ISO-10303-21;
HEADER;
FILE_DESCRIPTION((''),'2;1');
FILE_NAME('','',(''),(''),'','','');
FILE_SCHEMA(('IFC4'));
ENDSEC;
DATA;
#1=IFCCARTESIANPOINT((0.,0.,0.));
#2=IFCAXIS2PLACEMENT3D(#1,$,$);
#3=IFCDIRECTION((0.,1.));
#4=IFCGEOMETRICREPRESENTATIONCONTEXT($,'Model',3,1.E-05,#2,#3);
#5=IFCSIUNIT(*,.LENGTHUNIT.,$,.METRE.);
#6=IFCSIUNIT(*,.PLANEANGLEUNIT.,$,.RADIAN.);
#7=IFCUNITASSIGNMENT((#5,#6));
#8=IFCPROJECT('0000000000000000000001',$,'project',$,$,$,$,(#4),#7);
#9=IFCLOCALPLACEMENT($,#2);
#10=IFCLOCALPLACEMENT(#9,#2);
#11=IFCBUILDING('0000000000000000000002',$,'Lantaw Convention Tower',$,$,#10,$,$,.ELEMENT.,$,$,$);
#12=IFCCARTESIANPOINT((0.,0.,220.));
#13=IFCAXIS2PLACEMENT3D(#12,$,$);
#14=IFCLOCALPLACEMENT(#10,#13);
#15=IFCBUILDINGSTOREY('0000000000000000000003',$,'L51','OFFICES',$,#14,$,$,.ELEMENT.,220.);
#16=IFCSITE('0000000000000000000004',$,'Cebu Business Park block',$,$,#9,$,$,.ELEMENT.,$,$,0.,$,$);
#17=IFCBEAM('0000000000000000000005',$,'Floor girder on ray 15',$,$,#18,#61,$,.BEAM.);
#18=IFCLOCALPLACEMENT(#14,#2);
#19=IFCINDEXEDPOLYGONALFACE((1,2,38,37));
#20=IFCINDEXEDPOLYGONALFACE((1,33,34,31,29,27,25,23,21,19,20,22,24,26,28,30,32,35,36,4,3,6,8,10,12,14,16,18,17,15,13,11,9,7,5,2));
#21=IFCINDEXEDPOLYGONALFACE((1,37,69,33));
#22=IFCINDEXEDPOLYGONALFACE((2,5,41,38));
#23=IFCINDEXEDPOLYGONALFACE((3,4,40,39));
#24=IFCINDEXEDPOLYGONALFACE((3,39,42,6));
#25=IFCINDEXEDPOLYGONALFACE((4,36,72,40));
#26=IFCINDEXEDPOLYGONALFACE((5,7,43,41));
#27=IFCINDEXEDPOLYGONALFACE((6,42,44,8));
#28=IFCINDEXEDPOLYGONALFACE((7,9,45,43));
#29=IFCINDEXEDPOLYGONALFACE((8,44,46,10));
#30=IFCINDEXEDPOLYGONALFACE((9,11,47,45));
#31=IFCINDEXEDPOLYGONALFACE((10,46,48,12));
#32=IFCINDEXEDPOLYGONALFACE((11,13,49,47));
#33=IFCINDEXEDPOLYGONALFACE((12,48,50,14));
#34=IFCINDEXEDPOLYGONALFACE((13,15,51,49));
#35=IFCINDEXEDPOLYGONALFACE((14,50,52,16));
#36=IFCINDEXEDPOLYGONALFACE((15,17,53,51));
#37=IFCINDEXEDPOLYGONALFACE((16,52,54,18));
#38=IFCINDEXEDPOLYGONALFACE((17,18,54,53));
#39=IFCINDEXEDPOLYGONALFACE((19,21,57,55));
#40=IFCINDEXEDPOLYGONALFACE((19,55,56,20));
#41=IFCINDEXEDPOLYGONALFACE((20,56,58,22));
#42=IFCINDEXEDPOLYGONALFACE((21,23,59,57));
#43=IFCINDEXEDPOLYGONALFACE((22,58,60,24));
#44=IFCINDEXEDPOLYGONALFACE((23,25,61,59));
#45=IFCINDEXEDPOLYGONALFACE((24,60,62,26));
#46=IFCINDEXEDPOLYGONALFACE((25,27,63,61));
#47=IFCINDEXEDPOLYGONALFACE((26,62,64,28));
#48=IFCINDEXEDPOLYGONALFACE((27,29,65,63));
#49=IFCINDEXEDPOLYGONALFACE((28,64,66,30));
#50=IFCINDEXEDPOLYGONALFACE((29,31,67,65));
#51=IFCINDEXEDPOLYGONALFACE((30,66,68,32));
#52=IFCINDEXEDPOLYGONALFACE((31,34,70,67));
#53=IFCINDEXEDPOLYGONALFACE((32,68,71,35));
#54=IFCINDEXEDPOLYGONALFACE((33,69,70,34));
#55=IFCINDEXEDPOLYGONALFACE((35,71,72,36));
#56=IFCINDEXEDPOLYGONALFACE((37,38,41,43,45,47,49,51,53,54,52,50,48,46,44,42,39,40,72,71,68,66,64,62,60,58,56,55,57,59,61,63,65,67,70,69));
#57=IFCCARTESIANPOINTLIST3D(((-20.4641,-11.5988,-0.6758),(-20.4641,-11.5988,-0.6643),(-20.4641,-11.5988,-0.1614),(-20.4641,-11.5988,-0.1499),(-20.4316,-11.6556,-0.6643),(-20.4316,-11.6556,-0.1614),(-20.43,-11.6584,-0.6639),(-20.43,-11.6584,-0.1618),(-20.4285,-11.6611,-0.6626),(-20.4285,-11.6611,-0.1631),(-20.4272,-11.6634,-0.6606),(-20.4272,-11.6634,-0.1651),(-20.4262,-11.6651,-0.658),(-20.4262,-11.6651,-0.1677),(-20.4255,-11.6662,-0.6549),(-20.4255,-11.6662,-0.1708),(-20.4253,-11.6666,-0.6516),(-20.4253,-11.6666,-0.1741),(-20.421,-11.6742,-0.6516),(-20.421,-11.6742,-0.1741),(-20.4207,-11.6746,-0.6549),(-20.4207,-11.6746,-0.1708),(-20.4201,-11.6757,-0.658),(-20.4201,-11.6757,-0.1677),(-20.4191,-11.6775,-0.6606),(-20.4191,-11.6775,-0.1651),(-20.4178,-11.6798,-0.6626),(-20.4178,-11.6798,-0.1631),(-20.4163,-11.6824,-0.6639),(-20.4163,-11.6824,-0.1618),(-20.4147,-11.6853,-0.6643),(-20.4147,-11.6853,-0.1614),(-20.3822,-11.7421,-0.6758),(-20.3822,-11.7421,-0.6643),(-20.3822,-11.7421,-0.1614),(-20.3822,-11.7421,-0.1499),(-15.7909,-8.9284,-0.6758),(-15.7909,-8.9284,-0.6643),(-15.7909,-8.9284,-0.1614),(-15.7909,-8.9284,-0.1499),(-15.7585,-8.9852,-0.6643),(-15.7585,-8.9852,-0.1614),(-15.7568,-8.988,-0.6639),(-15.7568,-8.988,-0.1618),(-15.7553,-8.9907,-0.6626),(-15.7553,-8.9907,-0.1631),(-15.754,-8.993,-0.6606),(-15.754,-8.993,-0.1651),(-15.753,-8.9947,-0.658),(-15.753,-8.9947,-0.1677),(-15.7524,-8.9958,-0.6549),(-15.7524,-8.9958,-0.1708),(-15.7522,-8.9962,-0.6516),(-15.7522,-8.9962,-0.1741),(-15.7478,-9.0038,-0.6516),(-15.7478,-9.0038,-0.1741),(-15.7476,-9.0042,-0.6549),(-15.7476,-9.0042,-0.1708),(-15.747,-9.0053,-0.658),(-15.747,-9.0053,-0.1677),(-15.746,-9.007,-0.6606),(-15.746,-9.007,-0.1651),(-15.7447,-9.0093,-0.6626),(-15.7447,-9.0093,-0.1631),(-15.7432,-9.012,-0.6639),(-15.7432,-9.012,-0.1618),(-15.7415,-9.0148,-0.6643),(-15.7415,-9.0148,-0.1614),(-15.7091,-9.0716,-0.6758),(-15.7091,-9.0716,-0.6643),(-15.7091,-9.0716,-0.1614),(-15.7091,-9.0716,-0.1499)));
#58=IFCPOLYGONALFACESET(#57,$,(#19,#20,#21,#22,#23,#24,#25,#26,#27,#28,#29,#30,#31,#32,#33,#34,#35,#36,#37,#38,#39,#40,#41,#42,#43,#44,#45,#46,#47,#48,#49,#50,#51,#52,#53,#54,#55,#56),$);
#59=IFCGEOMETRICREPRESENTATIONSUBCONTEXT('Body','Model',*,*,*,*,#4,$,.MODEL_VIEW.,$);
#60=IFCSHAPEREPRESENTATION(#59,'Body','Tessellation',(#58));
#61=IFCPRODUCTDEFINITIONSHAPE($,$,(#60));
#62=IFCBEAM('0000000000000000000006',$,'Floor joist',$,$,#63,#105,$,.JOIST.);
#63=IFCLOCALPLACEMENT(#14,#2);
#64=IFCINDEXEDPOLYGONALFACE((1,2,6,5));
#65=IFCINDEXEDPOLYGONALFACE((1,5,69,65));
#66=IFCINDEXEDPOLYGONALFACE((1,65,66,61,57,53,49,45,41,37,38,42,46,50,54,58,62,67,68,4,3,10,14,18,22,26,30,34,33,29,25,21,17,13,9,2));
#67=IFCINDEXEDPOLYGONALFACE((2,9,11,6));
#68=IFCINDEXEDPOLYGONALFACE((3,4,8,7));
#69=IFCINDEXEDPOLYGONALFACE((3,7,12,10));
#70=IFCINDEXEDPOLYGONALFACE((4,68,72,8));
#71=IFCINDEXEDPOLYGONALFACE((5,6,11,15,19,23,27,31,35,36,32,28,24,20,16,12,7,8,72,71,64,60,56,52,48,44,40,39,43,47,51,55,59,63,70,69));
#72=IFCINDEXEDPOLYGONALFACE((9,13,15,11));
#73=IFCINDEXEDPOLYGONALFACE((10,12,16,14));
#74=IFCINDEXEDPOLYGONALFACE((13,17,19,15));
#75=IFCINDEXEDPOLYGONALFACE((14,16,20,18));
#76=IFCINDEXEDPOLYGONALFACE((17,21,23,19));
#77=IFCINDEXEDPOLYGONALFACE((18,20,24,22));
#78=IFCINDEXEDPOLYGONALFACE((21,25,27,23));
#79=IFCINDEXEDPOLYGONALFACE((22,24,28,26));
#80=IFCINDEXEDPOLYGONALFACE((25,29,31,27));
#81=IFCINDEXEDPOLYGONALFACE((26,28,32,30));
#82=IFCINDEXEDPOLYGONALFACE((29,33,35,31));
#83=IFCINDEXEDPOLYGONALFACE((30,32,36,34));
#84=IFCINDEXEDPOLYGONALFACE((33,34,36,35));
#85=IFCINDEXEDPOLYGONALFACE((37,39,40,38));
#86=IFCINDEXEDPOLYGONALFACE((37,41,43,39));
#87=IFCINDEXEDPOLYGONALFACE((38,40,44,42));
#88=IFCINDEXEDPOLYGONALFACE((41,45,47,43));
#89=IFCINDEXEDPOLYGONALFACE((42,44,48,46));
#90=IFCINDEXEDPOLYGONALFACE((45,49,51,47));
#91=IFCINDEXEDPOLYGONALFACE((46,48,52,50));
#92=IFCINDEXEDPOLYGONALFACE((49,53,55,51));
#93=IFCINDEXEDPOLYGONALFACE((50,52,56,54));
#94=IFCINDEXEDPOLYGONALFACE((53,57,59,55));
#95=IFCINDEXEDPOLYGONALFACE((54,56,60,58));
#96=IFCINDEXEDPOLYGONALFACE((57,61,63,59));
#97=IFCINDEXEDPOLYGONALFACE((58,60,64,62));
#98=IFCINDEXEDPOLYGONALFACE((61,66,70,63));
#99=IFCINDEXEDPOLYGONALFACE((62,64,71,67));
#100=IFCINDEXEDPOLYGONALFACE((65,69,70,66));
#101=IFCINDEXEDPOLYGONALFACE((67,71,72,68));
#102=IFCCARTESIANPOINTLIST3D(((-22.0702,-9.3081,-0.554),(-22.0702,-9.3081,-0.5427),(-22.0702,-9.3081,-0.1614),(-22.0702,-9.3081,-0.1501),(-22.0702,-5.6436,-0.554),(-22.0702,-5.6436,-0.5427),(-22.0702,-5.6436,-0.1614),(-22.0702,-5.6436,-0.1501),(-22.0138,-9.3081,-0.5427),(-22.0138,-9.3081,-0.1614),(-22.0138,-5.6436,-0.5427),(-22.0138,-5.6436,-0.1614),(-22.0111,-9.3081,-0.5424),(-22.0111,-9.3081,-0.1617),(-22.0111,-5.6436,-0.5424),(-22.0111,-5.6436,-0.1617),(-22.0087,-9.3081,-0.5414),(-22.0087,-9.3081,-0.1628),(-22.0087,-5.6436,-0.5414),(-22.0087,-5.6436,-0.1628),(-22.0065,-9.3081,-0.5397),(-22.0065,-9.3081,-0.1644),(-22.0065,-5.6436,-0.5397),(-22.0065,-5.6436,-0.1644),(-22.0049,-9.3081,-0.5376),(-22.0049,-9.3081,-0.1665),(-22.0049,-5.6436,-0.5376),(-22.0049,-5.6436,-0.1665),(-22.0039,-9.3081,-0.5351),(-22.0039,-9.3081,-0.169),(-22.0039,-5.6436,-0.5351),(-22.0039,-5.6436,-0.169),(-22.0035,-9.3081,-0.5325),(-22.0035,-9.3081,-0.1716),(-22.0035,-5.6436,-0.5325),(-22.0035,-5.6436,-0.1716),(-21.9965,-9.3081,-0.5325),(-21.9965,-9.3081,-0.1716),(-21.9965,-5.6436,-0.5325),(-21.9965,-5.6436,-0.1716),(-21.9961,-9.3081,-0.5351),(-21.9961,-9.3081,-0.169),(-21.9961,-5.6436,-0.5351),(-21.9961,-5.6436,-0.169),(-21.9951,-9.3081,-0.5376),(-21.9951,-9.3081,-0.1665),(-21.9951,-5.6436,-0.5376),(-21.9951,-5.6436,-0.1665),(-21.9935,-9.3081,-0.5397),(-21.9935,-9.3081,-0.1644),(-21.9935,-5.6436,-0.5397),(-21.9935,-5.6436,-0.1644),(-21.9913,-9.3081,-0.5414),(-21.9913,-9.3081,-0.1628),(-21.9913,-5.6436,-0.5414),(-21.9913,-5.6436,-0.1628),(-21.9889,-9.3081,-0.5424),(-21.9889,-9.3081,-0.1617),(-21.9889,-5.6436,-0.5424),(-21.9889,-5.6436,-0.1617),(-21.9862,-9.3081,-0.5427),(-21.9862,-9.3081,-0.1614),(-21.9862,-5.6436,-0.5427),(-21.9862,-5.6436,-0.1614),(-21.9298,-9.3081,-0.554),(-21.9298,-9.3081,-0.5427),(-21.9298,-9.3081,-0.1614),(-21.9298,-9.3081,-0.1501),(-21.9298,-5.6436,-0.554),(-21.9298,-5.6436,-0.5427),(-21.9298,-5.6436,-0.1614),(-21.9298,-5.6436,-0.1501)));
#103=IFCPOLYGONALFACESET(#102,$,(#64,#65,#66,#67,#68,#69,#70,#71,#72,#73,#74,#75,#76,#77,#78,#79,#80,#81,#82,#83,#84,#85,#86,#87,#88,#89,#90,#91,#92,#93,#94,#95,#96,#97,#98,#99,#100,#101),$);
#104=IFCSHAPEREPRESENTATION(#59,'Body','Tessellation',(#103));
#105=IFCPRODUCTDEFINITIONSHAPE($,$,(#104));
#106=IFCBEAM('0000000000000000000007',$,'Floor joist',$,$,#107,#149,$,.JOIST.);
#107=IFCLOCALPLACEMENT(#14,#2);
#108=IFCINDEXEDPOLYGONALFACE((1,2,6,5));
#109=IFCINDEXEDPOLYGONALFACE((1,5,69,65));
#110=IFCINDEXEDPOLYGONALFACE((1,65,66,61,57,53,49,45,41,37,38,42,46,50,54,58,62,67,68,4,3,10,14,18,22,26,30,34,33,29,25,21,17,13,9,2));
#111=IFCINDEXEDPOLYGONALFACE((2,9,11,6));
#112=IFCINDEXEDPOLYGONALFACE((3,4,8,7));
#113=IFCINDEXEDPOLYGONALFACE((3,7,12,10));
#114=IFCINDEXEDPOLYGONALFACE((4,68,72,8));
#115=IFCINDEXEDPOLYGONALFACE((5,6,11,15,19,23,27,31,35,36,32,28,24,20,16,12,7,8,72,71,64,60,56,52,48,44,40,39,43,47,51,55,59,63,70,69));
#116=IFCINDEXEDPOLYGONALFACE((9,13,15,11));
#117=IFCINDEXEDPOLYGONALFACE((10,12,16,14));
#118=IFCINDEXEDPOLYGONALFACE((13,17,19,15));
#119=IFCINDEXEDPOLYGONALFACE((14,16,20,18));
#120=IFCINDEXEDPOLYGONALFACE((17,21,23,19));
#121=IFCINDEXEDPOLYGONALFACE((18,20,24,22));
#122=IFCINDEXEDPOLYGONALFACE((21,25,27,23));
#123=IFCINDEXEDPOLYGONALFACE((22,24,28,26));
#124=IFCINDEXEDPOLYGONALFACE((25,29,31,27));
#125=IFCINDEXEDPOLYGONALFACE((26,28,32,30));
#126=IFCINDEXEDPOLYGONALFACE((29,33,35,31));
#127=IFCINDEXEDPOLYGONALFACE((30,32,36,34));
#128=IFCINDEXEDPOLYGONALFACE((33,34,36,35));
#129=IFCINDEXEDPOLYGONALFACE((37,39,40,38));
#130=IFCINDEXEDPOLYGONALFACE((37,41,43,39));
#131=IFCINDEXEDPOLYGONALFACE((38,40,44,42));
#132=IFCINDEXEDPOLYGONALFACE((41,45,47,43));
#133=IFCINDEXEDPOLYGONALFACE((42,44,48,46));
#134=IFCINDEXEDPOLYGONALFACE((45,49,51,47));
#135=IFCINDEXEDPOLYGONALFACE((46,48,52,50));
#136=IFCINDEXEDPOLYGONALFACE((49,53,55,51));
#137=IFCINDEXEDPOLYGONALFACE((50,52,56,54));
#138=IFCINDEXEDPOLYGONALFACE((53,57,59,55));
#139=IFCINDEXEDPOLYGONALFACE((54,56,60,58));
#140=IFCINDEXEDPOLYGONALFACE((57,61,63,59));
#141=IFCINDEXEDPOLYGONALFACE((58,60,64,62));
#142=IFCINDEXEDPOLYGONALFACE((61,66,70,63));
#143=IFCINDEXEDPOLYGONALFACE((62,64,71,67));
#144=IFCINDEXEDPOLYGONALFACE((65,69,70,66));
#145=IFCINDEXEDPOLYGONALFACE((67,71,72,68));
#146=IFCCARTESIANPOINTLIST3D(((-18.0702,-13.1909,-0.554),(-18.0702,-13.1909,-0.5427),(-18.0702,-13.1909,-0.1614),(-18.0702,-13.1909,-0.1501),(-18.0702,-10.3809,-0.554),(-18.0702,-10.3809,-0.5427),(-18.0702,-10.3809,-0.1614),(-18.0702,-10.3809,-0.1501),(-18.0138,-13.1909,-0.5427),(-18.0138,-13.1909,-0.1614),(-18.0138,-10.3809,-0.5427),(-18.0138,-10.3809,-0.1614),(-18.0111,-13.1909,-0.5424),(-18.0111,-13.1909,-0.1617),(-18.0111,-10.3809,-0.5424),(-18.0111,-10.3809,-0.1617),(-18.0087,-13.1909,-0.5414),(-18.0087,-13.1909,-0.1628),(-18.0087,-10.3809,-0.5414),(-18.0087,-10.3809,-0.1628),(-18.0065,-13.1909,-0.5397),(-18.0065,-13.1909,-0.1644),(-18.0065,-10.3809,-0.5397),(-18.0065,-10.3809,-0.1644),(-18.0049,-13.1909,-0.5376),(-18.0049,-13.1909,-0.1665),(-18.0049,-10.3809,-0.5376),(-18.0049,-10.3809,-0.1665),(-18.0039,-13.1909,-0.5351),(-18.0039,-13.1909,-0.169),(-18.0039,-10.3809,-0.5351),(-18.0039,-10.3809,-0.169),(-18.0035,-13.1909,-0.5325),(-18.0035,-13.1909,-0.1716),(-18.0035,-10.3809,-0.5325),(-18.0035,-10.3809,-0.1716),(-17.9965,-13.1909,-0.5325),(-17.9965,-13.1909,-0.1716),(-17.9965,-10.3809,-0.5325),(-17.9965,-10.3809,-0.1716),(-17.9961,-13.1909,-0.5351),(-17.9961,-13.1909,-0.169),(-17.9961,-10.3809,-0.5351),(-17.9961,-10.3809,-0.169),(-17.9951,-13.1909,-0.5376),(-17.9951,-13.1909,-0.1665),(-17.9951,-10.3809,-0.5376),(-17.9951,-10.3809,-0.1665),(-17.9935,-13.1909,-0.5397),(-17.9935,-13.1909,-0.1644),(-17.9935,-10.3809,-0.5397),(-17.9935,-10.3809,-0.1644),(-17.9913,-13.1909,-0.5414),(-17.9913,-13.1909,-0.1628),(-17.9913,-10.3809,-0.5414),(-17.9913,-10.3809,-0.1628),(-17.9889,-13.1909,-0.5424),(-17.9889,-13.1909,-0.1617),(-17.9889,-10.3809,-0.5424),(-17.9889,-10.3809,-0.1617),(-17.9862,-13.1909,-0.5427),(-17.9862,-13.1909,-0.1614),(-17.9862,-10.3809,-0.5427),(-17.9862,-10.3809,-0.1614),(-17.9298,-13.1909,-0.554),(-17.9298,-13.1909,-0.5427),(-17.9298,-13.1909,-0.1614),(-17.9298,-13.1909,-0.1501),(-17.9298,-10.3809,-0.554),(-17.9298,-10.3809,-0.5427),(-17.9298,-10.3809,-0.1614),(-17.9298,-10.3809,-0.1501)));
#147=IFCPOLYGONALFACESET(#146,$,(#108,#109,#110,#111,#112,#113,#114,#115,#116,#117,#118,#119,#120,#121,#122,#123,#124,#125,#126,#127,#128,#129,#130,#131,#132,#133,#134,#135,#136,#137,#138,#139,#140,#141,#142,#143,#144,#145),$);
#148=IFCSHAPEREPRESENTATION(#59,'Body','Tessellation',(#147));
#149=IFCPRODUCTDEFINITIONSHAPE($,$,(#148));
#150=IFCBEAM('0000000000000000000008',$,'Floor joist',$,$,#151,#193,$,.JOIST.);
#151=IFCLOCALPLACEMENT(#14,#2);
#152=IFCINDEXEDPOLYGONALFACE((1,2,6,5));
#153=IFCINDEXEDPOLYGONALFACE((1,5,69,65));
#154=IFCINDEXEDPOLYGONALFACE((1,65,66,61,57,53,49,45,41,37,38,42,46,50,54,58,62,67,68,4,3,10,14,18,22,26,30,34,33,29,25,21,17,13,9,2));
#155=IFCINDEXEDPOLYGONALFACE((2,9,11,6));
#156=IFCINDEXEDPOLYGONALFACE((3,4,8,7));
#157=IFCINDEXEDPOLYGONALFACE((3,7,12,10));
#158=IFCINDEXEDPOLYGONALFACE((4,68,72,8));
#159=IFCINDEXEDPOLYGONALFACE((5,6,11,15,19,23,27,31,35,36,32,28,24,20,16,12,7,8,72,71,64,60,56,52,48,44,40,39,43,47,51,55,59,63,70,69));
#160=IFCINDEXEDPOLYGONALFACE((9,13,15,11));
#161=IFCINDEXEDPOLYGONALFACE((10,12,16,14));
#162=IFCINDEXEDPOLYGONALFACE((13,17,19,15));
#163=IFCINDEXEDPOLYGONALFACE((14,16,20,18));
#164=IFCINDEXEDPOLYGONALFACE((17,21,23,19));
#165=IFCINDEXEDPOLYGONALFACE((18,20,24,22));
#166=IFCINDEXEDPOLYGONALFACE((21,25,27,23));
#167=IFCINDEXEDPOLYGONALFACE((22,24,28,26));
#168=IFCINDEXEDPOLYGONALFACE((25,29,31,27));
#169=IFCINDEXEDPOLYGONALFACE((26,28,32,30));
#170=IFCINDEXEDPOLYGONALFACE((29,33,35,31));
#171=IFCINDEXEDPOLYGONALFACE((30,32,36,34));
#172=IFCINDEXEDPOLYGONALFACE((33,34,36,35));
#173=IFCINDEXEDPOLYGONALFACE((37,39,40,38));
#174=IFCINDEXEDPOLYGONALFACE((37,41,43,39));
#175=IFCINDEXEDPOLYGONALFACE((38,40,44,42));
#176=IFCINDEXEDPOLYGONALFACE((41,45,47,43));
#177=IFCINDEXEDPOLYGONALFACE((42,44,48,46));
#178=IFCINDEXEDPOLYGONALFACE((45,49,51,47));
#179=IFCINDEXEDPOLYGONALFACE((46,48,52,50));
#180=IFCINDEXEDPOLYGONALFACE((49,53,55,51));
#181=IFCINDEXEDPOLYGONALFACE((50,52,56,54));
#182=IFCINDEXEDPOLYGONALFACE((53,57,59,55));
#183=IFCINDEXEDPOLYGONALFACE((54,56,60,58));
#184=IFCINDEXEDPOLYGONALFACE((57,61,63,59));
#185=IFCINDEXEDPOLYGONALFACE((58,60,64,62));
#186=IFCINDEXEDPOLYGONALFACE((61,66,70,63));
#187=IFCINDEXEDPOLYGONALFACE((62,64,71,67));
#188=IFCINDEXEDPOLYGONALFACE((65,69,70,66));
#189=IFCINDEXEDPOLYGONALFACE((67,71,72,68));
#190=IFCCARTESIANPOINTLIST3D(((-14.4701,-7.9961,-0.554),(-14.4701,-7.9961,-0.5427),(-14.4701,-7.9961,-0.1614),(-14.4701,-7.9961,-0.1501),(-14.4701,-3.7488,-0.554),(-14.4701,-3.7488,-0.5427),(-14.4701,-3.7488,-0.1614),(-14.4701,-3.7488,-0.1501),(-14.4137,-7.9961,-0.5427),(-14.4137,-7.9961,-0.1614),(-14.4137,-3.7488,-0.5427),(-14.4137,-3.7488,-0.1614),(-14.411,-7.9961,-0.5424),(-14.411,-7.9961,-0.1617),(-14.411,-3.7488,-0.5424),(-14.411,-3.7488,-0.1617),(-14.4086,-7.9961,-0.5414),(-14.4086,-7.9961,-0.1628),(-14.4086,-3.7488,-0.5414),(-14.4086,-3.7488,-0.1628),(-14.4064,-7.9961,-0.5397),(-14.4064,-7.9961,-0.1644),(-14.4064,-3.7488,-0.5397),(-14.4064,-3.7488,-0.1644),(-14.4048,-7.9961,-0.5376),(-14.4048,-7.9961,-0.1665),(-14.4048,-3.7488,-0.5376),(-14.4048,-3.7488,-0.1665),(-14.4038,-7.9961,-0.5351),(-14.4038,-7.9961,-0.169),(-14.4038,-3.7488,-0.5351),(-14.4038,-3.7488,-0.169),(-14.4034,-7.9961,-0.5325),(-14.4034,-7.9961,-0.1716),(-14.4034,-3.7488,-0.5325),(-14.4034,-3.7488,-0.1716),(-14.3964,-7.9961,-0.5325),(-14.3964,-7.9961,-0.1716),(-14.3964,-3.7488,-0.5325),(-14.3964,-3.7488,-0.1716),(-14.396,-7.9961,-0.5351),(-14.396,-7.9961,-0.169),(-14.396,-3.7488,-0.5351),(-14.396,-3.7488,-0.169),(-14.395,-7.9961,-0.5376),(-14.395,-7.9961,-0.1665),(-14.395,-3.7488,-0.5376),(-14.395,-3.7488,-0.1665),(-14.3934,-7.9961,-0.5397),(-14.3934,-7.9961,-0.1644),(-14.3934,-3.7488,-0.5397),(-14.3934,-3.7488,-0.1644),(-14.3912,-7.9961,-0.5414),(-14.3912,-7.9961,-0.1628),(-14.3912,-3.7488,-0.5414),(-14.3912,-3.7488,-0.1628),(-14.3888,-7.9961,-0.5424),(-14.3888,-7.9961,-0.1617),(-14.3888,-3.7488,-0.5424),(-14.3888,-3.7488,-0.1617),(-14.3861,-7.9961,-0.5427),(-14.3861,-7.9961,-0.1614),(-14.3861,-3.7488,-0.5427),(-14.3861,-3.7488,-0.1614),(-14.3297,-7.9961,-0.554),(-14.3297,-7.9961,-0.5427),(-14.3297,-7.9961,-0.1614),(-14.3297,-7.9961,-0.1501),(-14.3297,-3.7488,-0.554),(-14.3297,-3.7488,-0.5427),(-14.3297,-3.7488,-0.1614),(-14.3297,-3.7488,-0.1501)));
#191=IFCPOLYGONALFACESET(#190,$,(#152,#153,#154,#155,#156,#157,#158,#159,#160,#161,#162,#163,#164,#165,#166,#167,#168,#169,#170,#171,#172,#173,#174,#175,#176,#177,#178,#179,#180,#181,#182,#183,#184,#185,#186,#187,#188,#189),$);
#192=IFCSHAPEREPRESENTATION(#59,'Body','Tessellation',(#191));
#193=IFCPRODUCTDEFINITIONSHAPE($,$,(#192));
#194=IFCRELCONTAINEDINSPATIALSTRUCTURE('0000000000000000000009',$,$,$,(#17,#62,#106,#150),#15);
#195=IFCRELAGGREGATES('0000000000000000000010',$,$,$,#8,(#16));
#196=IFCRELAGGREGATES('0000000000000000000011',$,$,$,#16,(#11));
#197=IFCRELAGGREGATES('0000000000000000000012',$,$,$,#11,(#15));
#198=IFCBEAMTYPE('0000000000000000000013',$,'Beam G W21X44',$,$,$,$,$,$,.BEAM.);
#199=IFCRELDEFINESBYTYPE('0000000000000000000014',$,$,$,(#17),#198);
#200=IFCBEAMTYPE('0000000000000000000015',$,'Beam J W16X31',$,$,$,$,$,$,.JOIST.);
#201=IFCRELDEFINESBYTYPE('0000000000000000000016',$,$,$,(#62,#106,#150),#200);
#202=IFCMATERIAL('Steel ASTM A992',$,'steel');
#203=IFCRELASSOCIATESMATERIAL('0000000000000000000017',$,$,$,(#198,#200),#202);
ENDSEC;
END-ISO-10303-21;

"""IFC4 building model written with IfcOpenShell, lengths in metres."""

from ifc_helpers import new_model, si_unit, direction, frame, origin, origin_2d, place, context, subcontext, project, spatial, i_section, extrude, material, material_profile, profile_set, type_object, element, save


model = new_model("IFC4")

# Units and contexts
model_context = context("Model", 3, precision=1e-05, world=origin(), true_north=direction((0.0, 1.0)))
body_context = subcontext(model_context, "Body", "Model", "MODEL_VIEW")
ifc_project = project(units=[si_unit("LENGTHUNIT", "METRE"), si_unit("PLANEANGLEUNIT", "RADIAN")], contexts=[model_context])

# Site, building, storey
site_placement = place(None, origin())
site = spatial("IfcSite", under=ifc_project, at=site_placement, Name="Cebu Business Park block", CompositionType="ELEMENT", RefElevation=0.0)
building_placement = place(site_placement, origin())
building = spatial("IfcBuilding", under=site, at=building_placement, Name="Lantaw Convention Tower", CompositionType="ELEMENT")
storey_placement = place(building_placement, frame((0.0, 0.0, 220.0)))
storey = spatial("IfcBuildingStorey", under=building, at=storey_placement, Name="L51", Description="OFFICES", CompositionType="ELEMENT", Elevation=220.0)

# Beams
ifc_material_1 = material(Name="Steel ASTM A992", Category="steel")
ifc_material_profile_1 = material_profile(ifc_material_1, i_section(OverallWidth=0.165, OverallDepth=0.5259, WebThickness=0.0088, FlangeThickness=0.0115, FilletRadius=0.0127, at=origin_2d()), Name="W21X44")
ifc_profile_set_1 = profile_set([ifc_material_profile_1], Name="Steel ASTM A992")
beam_type_1 = type_object("IfcBeamType", Name="Beam G W21X44", PredefinedType="BEAM", material=ifc_profile_set_1)
beam_1_placement = place(storey_placement, frame((-15.75, -9.0, -0.4128), z_axis=(-0.868238, -0.496149, 0.0), x_axis=(0.496149, -0.868238, 0.0)))
element("IfcBeam", 1, at=beam_1_placement, inside=storey, type_object=beam_type_1, Name="Floor girder on ray 15", PredefinedType="BEAM", context=body_context, shape_type="SweptSolid", body=[
    extrude(i_section(OverallWidth=0.165, OverallDepth=0.5259, WebThickness=0.0088, FlangeThickness=0.0115, FilletRadius=0.0127, at=origin_2d()), origin(), (0.0, 0.0, 1.0), 5.3823),
])
ifc_material_profile_2 = material_profile(ifc_material_1, i_section(OverallWidth=0.1404, OverallDepth=0.4038, WebThickness=0.0071, FlangeThickness=0.0112, FilletRadius=0.0103, at=origin_2d()), Name="W16X31")
ifc_profile_set_2 = profile_set([ifc_material_profile_2], Name="Steel ASTM A992")
beam_type_2 = type_object("IfcBeamType", Name="Beam J W16X31", PredefinedType="JOIST", material=ifc_profile_set_2)
beam_2_placement = place(storey_placement, frame((-22.0, -9.3081, -0.3521), z_axis=(0.0, 1.0, 0.0), x_axis=(-1.0, 0.0, 0.0)))
element("IfcBeam", 2, at=beam_2_placement, inside=storey, type_object=beam_type_2, Name="Floor joist", PredefinedType="JOIST", context=body_context, shape_type="SweptSolid", body=[
    extrude(i_section(OverallWidth=0.1404, OverallDepth=0.4038, WebThickness=0.0071, FlangeThickness=0.0112, FilletRadius=0.0103, at=origin_2d()), origin(), (0.0, 0.0, 1.0), 3.6646),
])
beam_3_placement = place(storey_placement, frame((-18.0, -13.1909, -0.3521), z_axis=(0.0, 1.0, 0.0), x_axis=(-1.0, 0.0, 0.0)))
element("IfcBeam", 3, at=beam_3_placement, inside=storey, type_object=beam_type_2, Name="Floor joist", PredefinedType="JOIST", context=body_context, shape_type="SweptSolid", body=[
    extrude(i_section(OverallWidth=0.1404, OverallDepth=0.4038, WebThickness=0.0071, FlangeThickness=0.0112, FilletRadius=0.0103, at=origin_2d()), origin(), (0.0, 0.0, 1.0), 2.8101),
])
beam_4_placement = place(storey_placement, frame((-14.3999, -7.9961, -0.3521), z_axis=(0.0, 1.0, 0.0), x_axis=(-1.0, 0.0, 0.0)))
element("IfcBeam", 4, at=beam_4_placement, inside=storey, type_object=beam_type_2, Name="Floor joist", PredefinedType="JOIST", context=body_context, shape_type="SweptSolid", body=[
    extrude(i_section(OverallWidth=0.1404, OverallDepth=0.4038, WebThickness=0.0071, FlangeThickness=0.0112, FilletRadius=0.0103, at=origin_2d()), origin(), (0.0, 0.0, 1.0), 4.2473),
])

save(model, "model.ifc")
